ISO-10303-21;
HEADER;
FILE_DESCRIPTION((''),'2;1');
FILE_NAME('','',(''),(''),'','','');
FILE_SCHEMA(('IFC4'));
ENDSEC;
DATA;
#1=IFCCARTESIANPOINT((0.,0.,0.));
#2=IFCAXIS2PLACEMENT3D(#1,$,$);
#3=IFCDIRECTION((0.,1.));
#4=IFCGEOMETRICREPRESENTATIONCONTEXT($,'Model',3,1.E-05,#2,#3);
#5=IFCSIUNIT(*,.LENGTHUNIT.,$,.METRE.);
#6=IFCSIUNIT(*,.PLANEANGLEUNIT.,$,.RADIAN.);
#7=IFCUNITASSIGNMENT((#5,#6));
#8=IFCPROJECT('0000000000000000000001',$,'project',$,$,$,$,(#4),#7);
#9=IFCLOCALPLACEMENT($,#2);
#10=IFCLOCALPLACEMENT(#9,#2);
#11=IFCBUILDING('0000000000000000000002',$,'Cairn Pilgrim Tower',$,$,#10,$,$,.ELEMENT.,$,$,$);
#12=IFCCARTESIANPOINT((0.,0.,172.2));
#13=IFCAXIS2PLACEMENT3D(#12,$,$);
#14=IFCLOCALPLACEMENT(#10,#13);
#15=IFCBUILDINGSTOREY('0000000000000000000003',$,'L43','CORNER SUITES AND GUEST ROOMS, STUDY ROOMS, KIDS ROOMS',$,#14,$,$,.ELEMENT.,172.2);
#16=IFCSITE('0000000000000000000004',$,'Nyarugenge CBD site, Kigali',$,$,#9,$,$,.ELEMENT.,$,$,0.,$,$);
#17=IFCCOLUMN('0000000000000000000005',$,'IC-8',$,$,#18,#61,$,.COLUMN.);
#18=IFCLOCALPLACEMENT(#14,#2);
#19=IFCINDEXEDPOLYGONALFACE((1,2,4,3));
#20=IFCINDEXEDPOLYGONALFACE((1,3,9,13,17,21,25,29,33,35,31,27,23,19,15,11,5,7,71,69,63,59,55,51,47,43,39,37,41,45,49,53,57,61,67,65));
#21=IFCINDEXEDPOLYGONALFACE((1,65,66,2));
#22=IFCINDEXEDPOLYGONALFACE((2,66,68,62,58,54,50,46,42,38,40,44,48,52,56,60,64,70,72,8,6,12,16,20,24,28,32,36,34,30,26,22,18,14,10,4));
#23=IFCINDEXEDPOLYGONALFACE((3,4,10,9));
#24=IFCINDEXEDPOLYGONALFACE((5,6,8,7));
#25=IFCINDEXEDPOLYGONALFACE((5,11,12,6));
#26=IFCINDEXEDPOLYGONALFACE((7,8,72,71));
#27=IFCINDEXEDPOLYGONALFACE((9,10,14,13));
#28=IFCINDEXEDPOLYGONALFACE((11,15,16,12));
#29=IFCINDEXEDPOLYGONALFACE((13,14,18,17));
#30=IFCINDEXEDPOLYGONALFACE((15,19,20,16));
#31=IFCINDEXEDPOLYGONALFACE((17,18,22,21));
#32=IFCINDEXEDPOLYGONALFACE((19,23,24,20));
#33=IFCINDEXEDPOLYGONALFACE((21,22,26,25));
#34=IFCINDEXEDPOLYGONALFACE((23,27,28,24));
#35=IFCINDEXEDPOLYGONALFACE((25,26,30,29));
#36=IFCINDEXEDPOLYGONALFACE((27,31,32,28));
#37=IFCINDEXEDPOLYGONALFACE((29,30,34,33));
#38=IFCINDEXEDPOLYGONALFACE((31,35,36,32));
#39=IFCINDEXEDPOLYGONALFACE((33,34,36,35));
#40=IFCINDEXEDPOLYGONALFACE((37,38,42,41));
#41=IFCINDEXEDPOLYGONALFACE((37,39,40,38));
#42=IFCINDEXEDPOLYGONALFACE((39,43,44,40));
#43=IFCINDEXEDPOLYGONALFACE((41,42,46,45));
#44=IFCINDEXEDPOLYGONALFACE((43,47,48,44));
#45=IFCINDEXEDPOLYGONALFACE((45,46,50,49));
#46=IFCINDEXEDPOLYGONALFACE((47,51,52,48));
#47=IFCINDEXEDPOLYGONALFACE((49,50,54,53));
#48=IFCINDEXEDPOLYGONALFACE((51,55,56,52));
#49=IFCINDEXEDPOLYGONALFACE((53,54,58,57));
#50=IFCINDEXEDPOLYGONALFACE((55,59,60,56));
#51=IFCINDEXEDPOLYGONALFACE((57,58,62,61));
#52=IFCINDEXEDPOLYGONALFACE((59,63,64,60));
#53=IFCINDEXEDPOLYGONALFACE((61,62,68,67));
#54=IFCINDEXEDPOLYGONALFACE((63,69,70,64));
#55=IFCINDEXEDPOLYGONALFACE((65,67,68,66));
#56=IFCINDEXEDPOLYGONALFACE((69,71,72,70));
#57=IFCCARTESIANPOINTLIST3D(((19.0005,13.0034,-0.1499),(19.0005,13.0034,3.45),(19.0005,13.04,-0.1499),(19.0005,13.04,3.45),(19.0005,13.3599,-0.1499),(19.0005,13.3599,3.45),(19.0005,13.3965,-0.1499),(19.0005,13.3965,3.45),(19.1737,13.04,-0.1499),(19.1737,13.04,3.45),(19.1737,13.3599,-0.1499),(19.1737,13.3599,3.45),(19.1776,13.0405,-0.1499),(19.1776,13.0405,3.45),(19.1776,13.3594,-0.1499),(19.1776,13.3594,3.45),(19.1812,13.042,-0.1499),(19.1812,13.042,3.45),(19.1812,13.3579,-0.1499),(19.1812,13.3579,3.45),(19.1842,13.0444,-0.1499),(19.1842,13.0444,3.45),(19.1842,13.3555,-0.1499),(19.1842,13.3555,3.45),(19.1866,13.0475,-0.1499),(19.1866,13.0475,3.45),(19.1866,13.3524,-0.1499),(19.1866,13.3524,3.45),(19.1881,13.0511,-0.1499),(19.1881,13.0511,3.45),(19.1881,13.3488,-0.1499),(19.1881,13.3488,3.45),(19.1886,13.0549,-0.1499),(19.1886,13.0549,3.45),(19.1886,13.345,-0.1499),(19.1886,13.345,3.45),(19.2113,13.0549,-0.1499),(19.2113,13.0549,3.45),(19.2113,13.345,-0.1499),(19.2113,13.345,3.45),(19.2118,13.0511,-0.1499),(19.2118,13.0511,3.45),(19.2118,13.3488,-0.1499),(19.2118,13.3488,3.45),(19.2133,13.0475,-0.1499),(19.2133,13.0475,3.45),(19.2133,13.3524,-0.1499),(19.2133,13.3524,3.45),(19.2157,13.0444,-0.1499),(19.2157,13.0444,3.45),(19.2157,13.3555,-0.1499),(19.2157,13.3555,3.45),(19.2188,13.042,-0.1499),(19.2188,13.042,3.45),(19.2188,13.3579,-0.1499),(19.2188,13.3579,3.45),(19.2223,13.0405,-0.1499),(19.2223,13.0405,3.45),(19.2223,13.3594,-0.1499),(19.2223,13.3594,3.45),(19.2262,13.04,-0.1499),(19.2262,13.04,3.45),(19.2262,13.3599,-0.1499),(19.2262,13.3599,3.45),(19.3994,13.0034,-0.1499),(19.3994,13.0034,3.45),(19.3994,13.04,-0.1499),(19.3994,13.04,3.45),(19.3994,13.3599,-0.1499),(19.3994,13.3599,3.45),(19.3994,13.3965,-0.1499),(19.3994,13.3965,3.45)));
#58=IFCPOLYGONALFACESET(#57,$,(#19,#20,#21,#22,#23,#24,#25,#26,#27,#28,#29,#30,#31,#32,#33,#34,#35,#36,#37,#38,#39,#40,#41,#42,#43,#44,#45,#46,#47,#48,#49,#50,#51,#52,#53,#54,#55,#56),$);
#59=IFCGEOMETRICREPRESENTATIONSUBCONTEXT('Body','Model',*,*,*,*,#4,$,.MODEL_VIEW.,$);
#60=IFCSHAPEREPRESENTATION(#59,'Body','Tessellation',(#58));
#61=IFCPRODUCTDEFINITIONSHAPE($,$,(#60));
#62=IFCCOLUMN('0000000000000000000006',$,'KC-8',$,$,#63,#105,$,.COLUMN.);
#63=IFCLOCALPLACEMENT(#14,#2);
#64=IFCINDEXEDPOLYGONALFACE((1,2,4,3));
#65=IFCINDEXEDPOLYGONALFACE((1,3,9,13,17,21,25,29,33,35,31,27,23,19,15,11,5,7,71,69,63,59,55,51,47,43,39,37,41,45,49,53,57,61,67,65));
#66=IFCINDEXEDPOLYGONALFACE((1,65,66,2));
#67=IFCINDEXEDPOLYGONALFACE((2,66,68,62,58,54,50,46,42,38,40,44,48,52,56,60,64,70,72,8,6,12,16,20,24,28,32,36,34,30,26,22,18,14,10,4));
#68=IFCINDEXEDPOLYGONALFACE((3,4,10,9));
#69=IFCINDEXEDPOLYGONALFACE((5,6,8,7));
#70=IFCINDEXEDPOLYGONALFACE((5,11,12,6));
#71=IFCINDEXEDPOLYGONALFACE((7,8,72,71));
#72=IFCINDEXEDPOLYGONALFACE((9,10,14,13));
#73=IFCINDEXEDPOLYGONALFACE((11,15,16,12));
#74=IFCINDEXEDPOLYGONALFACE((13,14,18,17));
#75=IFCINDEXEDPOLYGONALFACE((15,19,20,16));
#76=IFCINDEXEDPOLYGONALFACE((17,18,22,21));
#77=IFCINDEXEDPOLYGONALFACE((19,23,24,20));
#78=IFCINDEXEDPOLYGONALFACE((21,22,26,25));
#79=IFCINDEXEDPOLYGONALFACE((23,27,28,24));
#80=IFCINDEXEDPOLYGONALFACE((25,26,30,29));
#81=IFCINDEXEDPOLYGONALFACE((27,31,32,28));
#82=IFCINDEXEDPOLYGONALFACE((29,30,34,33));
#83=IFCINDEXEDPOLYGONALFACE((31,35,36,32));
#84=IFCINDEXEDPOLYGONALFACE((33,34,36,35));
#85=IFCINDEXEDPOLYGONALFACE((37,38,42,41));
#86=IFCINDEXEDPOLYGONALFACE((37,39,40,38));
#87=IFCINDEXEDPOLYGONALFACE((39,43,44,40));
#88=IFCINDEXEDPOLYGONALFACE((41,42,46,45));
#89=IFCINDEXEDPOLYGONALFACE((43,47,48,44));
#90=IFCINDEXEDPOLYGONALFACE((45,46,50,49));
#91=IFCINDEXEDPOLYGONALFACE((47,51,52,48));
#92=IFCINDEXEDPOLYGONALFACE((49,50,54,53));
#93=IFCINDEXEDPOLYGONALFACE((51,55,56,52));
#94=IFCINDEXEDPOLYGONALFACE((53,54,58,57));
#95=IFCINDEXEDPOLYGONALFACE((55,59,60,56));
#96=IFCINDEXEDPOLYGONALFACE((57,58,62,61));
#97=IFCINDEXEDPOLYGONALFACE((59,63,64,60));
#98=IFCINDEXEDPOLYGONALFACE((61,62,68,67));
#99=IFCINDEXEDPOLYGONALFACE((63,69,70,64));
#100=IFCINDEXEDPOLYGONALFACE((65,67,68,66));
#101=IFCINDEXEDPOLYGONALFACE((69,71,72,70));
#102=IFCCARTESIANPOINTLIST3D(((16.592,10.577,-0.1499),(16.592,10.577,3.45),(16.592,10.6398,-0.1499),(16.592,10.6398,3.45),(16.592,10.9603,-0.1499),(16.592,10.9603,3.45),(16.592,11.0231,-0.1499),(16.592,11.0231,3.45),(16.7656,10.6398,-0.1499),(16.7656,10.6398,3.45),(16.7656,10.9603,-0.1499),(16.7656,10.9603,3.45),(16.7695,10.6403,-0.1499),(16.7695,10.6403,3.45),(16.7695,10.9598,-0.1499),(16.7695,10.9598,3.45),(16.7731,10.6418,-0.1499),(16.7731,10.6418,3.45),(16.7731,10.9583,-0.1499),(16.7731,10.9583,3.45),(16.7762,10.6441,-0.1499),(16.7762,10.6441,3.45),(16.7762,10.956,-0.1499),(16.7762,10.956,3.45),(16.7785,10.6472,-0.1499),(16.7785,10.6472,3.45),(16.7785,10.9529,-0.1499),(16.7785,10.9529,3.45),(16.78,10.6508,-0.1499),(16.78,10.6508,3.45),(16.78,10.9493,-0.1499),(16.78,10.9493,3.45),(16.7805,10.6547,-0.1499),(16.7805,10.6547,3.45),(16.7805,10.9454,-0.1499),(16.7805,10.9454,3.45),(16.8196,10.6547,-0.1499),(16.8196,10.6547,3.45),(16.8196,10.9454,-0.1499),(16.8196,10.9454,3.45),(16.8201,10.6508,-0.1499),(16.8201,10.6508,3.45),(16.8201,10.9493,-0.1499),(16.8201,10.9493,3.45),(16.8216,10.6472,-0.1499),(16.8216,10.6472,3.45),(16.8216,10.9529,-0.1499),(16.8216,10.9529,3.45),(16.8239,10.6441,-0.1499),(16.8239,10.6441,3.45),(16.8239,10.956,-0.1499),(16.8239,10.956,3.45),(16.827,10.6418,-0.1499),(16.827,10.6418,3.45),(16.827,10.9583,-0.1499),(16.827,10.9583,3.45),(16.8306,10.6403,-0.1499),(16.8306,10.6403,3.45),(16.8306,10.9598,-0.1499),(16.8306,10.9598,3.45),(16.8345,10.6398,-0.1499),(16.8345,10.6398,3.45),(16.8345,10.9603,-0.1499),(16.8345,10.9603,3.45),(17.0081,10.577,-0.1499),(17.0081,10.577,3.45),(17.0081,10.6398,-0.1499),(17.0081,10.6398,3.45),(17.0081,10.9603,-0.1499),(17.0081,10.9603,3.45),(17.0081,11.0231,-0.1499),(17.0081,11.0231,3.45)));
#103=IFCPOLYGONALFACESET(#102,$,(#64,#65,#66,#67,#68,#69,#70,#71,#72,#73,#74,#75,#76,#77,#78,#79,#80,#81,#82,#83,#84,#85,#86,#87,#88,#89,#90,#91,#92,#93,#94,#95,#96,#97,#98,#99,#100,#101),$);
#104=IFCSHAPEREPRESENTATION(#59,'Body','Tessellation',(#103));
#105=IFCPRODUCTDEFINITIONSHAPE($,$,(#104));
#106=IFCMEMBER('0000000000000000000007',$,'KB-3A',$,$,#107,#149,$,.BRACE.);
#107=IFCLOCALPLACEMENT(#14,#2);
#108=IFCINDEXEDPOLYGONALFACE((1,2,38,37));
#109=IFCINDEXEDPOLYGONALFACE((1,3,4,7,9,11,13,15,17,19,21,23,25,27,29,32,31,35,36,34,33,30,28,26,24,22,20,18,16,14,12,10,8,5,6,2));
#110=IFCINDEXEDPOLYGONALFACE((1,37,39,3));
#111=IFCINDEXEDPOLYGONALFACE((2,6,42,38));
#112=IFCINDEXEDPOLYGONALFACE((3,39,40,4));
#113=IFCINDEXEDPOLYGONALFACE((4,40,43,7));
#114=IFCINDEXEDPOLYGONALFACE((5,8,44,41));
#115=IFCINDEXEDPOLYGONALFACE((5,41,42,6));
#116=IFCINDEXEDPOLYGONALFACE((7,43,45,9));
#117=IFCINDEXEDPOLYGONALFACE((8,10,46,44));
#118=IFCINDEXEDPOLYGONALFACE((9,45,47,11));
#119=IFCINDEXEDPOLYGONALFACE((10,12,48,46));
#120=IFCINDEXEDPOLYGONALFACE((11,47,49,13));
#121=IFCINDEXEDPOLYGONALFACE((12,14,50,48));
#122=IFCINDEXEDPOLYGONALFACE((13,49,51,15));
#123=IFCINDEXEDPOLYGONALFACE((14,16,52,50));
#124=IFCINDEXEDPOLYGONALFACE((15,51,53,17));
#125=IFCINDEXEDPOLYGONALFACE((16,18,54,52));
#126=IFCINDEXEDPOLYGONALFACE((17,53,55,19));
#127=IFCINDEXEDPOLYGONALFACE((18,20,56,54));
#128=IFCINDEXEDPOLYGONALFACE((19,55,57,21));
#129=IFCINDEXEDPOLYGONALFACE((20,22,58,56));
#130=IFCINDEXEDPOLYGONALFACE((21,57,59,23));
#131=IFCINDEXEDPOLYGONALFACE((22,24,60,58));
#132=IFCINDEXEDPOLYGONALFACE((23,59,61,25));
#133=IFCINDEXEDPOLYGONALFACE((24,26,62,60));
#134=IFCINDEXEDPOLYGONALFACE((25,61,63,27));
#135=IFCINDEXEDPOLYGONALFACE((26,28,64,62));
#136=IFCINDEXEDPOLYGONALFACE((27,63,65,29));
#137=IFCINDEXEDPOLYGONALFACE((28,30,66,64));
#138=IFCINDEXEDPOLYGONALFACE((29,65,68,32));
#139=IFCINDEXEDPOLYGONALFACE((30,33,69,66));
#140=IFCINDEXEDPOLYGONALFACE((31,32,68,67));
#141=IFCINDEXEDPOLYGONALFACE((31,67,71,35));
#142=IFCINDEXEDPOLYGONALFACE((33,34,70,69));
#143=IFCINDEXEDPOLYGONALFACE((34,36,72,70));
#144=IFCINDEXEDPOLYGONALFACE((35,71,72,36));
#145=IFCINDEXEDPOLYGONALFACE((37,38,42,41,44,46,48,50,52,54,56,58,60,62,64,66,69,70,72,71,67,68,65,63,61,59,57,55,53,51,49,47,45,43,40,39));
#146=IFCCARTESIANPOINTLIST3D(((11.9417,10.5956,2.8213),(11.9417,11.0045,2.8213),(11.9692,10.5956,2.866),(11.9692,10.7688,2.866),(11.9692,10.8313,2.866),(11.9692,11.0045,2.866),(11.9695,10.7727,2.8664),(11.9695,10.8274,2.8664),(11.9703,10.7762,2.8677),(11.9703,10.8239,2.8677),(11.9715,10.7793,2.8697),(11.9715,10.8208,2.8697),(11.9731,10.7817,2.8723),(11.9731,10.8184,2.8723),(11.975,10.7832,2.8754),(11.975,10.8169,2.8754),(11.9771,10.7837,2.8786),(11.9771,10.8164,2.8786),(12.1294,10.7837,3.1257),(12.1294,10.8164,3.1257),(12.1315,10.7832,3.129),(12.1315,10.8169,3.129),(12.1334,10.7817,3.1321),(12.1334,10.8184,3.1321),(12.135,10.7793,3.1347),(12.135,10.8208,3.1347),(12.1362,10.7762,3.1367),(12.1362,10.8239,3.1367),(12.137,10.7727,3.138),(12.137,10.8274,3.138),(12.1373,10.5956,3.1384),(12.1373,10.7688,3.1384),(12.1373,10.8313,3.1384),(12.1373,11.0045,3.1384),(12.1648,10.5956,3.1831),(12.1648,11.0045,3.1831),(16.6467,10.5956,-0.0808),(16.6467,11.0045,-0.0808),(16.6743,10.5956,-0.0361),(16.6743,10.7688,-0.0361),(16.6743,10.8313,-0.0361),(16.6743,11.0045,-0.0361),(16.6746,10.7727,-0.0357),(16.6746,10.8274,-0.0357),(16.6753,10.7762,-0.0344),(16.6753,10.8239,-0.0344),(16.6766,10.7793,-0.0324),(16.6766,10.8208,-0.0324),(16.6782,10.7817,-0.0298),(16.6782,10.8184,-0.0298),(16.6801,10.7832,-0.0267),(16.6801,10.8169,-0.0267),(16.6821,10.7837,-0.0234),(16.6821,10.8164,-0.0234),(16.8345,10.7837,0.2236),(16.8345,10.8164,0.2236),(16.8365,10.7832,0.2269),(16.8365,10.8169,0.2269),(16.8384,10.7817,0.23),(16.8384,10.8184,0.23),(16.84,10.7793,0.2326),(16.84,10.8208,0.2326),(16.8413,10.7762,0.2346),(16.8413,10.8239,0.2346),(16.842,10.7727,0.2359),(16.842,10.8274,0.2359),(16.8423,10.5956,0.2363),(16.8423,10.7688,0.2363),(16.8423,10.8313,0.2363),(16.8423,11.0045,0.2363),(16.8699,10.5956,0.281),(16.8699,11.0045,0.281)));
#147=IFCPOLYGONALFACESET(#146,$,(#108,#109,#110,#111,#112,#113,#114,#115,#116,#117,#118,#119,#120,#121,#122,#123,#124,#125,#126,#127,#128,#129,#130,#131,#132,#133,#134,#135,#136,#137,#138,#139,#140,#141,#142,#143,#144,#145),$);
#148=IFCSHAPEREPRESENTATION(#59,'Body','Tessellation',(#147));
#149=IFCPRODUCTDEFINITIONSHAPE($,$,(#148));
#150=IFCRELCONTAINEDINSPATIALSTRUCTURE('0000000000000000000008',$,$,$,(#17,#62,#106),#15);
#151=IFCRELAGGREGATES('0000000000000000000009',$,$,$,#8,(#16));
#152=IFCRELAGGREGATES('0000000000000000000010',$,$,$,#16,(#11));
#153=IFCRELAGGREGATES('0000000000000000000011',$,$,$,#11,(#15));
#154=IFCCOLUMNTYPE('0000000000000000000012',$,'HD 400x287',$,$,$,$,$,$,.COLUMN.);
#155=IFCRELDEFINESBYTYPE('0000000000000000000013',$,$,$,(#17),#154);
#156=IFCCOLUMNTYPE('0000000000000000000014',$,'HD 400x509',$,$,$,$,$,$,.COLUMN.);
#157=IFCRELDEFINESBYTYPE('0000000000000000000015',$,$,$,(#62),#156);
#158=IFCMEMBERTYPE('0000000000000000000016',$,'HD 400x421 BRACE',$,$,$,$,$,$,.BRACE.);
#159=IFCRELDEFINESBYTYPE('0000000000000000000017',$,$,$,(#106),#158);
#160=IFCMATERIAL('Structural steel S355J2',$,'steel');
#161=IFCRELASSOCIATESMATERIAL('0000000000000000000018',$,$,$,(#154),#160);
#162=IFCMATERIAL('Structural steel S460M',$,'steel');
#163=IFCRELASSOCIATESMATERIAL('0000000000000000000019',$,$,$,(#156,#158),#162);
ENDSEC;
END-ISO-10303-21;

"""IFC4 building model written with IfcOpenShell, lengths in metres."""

from ifc_helpers import new_model, si_unit, direction, frame, origin, origin_2d, place, context, subcontext, project, spatial, i_section, extrude, material, material_profile, profile_set, type_object, element, save


model = new_model("IFC4")

# Units and contexts
model_context = context("Model", 3, precision=1e-05, world=origin(), true_north=direction((0.0, 1.0)))
body_context = subcontext(model_context, "Body", "Model", "MODEL_VIEW")
ifc_project = project(units=[si_unit("LENGTHUNIT", "METRE"), si_unit("PLANEANGLEUNIT", "RADIAN")], contexts=[model_context])

# Site, building, storey
site_placement = place(None, origin())
site = spatial("IfcSite", under=ifc_project, at=site_placement, Name="Nyarugenge CBD site, Kigali", CompositionType="ELEMENT", RefElevation=0.0)
building_placement = place(site_placement, origin())
building = spatial("IfcBuilding", under=site, at=building_placement, Name="Cairn Pilgrim Tower", CompositionType="ELEMENT")
storey_placement = place(building_placement, frame((0.0, 0.0, 172.2)))
storey = spatial("IfcBuildingStorey", under=building, at=storey_placement, Name="L43", Description="CORNER SUITES AND GUEST ROOMS, STUDY ROOMS, KIDS ROOMS", CompositionType="ELEMENT", Elevation=172.2)

# Columns
ifc_material_1 = material(Name="Structural steel S355J2", Category="steel")
ifc_material_profile_1 = material_profile(ifc_material_1, i_section(OverallWidth=0.3989, OverallDepth=0.3931, WebThickness=0.0227, FlangeThickness=0.0366, FilletRadius=0.0149, at=origin_2d()), Name="HD 400x287")
ifc_profile_set_1 = profile_set([ifc_material_profile_1], Name="Structural steel S355J2")
column_type_1 = type_object("IfcColumnType", Name="HD 400x287", PredefinedType="COLUMN", material=ifc_profile_set_1)
column_1_placement = place(storey_placement, frame((19.2, 13.2, -0.1499), z_axis=(0.0, 0.0, 1.0), x_axis=(1.0, 0.0, 0.0)))
element("IfcColumn", 1, at=column_1_placement, inside=storey, type_object=column_type_1, Name="IC-8", PredefinedType="COLUMN", context=body_context, shape_type="SweptSolid", body=[
    extrude(i_section(OverallWidth=0.3989, OverallDepth=0.3931, WebThickness=0.0227, FlangeThickness=0.0366, FilletRadius=0.0149, at=origin_2d()), origin(), (0.0, 0.0, 1.0), 3.5999),
])
ifc_material_2 = material(Name="Structural steel S460M", Category="steel")
ifc_material_profile_2 = material_profile(ifc_material_2, i_section(OverallWidth=0.416, OverallDepth=0.446, WebThickness=0.0391, FlangeThickness=0.0627, FilletRadius=0.0149, at=origin_2d()), Name="HD 400x509")
ifc_profile_set_2 = profile_set([ifc_material_profile_2], Name="Structural steel S460M")
column_type_2 = type_object("IfcColumnType", Name="HD 400x509", PredefinedType="COLUMN", material=ifc_profile_set_2)
column_2_placement = place(storey_placement, frame((16.8, 10.8, -0.1499), z_axis=(0.0, 0.0, 1.0), x_axis=(1.0, 0.0, 0.0)))
element("IfcColumn", 2, at=column_2_placement, inside=storey, type_object=column_type_2, Name="KC-8", PredefinedType="COLUMN", context=body_context, shape_type="SweptSolid", body=[
    extrude(i_section(OverallWidth=0.416, OverallDepth=0.446, WebThickness=0.0391, FlangeThickness=0.0627, FilletRadius=0.0149, at=origin_2d()), origin(), (0.0, 0.0, 1.0), 3.5999),
])

# Member
ifc_material_profile_3 = material_profile(ifc_material_2, i_section(OverallWidth=0.4089, OverallDepth=0.425, WebThickness=0.0327, FlangeThickness=0.0525, FilletRadius=0.0149, at=origin_2d()), Name="HD 400x421")
ifc_profile_set_3 = profile_set([ifc_material_profile_3], Name="Structural steel S460M")
member_type = type_object("IfcMemberType", Name="HD 400x421 BRACE", PredefinedType="BRACE", material=ifc_profile_set_3)
member_placement = place(storey_placement, frame((16.7583, 10.8, 0.1001), z_axis=(-0.85112, 0.0, 0.524972), x_axis=(0.0, -1.0, 0.0)))
element("IfcMember", 3, at=member_placement, inside=storey, type_object=member_type, Name="KB-3A", PredefinedType="BRACE", context=body_context, shape_type="SweptSolid", body=[
    extrude(i_section(OverallWidth=0.4089, OverallDepth=0.425, WebThickness=0.0327, FlangeThickness=0.0525, FilletRadius=0.0149, at=origin_2d()), origin(), (0.0, 0.0, 1.0), 5.5281),
])

save(model, "model.ifc")
